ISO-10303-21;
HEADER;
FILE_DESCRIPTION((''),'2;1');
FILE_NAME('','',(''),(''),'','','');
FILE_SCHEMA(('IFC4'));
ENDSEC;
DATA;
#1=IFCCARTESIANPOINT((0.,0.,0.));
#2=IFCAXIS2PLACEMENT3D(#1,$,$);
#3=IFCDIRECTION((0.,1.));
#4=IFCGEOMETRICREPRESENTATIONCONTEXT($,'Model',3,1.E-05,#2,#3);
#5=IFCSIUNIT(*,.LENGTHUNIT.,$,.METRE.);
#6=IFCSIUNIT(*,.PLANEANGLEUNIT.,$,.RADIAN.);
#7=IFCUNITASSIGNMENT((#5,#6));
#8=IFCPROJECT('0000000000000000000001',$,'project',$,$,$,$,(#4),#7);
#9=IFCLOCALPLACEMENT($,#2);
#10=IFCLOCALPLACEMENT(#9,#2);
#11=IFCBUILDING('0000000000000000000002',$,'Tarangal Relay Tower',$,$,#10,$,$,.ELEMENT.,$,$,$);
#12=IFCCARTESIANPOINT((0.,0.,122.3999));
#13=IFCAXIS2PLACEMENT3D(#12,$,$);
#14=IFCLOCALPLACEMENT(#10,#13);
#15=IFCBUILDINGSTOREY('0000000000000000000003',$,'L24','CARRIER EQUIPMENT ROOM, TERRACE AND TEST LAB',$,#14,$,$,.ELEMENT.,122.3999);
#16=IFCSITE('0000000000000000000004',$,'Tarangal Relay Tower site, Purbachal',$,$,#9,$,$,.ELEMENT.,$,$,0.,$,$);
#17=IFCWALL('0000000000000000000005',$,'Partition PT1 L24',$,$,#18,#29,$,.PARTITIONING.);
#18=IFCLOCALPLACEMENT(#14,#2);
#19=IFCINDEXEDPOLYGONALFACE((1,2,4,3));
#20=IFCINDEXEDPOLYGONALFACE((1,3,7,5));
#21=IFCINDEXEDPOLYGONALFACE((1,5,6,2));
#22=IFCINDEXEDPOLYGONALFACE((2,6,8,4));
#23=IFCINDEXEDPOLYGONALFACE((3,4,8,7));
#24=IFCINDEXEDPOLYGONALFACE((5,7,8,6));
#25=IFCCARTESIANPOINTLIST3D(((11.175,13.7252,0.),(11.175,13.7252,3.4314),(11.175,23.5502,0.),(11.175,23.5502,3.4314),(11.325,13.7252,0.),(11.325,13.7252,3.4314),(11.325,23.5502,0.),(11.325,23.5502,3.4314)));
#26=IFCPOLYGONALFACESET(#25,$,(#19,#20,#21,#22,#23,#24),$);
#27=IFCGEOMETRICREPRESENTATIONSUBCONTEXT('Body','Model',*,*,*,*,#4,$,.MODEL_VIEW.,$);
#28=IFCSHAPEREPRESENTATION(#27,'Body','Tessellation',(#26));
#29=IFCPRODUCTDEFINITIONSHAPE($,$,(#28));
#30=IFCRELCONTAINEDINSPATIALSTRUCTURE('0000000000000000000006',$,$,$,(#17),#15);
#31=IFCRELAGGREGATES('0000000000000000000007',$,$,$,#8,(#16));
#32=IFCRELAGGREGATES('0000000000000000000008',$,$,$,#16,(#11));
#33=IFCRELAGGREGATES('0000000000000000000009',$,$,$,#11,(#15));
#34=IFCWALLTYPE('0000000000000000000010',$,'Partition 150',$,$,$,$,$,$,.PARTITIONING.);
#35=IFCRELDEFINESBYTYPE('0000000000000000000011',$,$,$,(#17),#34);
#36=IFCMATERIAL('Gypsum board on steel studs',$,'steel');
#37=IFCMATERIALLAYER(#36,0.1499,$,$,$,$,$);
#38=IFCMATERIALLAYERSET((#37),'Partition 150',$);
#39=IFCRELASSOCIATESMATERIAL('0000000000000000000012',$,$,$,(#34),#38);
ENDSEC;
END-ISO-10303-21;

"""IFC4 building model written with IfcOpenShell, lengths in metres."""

from ifc_helpers import new_model, si_unit, direction, frame, frame_2d, origin, place, context, subcontext, project, spatial, rectangle, extrude, material, layer, layer_set, type_object, element, save


model = new_model("IFC4")

# Units and contexts
model_context = context("Model", 3, precision=1e-05, world=origin(), true_north=direction((0.0, 1.0)))
body_context = subcontext(model_context, "Body", "Model", "MODEL_VIEW")
ifc_project = project(units=[si_unit("LENGTHUNIT", "METRE"), si_unit("PLANEANGLEUNIT", "RADIAN")], contexts=[model_context])

# Site, building, storey
site_placement = place(None, origin())
site = spatial("IfcSite", under=ifc_project, at=site_placement, Name="Tarangal Relay Tower site, Purbachal", CompositionType="ELEMENT", RefElevation=0.0)
building_placement = place(site_placement, origin())
building = spatial("IfcBuilding", under=site, at=building_placement, Name="Tarangal Relay Tower", CompositionType="ELEMENT")
storey_placement = place(building_placement, frame((0.0, 0.0, 122.3999)))
storey = spatial("IfcBuildingStorey", under=building, at=storey_placement, Name="L24", Description="CARRIER EQUIPMENT ROOM, TERRACE AND TEST LAB", CompositionType="ELEMENT", Elevation=122.3999)

# Wall
ifc_material_1 = material(Name="Gypsum board on steel studs", Category="steel")
ifc_layer_1 = layer(ifc_material_1, 0.1499)
ifc_layer_set_1 = layer_set([ifc_layer_1], Name="Partition 150")
wall_type_1 = type_object("IfcWallType", Name="Partition 150", PredefinedType="PARTITIONING", material=ifc_layer_set_1)
wall_1_placement = place(storey_placement, frame((11.25, 13.7251, 0.0), z_axis=(0.0, 0.0, 1.0), x_axis=(0.0, 1.0, 0.0)))
element("IfcWall", 1, at=wall_1_placement, inside=storey, type_object=wall_type_1, Name="Partition PT1 L24", PredefinedType="PARTITIONING", context=body_context, shape_type="SweptSolid", body=[
    extrude(rectangle(XDim=9.825, YDim=0.1499, at=frame_2d((4.9126, 0.0))), origin(), (0.0, 0.0, 1.0), 3.4314),
])

save(model, "model.ifc")
